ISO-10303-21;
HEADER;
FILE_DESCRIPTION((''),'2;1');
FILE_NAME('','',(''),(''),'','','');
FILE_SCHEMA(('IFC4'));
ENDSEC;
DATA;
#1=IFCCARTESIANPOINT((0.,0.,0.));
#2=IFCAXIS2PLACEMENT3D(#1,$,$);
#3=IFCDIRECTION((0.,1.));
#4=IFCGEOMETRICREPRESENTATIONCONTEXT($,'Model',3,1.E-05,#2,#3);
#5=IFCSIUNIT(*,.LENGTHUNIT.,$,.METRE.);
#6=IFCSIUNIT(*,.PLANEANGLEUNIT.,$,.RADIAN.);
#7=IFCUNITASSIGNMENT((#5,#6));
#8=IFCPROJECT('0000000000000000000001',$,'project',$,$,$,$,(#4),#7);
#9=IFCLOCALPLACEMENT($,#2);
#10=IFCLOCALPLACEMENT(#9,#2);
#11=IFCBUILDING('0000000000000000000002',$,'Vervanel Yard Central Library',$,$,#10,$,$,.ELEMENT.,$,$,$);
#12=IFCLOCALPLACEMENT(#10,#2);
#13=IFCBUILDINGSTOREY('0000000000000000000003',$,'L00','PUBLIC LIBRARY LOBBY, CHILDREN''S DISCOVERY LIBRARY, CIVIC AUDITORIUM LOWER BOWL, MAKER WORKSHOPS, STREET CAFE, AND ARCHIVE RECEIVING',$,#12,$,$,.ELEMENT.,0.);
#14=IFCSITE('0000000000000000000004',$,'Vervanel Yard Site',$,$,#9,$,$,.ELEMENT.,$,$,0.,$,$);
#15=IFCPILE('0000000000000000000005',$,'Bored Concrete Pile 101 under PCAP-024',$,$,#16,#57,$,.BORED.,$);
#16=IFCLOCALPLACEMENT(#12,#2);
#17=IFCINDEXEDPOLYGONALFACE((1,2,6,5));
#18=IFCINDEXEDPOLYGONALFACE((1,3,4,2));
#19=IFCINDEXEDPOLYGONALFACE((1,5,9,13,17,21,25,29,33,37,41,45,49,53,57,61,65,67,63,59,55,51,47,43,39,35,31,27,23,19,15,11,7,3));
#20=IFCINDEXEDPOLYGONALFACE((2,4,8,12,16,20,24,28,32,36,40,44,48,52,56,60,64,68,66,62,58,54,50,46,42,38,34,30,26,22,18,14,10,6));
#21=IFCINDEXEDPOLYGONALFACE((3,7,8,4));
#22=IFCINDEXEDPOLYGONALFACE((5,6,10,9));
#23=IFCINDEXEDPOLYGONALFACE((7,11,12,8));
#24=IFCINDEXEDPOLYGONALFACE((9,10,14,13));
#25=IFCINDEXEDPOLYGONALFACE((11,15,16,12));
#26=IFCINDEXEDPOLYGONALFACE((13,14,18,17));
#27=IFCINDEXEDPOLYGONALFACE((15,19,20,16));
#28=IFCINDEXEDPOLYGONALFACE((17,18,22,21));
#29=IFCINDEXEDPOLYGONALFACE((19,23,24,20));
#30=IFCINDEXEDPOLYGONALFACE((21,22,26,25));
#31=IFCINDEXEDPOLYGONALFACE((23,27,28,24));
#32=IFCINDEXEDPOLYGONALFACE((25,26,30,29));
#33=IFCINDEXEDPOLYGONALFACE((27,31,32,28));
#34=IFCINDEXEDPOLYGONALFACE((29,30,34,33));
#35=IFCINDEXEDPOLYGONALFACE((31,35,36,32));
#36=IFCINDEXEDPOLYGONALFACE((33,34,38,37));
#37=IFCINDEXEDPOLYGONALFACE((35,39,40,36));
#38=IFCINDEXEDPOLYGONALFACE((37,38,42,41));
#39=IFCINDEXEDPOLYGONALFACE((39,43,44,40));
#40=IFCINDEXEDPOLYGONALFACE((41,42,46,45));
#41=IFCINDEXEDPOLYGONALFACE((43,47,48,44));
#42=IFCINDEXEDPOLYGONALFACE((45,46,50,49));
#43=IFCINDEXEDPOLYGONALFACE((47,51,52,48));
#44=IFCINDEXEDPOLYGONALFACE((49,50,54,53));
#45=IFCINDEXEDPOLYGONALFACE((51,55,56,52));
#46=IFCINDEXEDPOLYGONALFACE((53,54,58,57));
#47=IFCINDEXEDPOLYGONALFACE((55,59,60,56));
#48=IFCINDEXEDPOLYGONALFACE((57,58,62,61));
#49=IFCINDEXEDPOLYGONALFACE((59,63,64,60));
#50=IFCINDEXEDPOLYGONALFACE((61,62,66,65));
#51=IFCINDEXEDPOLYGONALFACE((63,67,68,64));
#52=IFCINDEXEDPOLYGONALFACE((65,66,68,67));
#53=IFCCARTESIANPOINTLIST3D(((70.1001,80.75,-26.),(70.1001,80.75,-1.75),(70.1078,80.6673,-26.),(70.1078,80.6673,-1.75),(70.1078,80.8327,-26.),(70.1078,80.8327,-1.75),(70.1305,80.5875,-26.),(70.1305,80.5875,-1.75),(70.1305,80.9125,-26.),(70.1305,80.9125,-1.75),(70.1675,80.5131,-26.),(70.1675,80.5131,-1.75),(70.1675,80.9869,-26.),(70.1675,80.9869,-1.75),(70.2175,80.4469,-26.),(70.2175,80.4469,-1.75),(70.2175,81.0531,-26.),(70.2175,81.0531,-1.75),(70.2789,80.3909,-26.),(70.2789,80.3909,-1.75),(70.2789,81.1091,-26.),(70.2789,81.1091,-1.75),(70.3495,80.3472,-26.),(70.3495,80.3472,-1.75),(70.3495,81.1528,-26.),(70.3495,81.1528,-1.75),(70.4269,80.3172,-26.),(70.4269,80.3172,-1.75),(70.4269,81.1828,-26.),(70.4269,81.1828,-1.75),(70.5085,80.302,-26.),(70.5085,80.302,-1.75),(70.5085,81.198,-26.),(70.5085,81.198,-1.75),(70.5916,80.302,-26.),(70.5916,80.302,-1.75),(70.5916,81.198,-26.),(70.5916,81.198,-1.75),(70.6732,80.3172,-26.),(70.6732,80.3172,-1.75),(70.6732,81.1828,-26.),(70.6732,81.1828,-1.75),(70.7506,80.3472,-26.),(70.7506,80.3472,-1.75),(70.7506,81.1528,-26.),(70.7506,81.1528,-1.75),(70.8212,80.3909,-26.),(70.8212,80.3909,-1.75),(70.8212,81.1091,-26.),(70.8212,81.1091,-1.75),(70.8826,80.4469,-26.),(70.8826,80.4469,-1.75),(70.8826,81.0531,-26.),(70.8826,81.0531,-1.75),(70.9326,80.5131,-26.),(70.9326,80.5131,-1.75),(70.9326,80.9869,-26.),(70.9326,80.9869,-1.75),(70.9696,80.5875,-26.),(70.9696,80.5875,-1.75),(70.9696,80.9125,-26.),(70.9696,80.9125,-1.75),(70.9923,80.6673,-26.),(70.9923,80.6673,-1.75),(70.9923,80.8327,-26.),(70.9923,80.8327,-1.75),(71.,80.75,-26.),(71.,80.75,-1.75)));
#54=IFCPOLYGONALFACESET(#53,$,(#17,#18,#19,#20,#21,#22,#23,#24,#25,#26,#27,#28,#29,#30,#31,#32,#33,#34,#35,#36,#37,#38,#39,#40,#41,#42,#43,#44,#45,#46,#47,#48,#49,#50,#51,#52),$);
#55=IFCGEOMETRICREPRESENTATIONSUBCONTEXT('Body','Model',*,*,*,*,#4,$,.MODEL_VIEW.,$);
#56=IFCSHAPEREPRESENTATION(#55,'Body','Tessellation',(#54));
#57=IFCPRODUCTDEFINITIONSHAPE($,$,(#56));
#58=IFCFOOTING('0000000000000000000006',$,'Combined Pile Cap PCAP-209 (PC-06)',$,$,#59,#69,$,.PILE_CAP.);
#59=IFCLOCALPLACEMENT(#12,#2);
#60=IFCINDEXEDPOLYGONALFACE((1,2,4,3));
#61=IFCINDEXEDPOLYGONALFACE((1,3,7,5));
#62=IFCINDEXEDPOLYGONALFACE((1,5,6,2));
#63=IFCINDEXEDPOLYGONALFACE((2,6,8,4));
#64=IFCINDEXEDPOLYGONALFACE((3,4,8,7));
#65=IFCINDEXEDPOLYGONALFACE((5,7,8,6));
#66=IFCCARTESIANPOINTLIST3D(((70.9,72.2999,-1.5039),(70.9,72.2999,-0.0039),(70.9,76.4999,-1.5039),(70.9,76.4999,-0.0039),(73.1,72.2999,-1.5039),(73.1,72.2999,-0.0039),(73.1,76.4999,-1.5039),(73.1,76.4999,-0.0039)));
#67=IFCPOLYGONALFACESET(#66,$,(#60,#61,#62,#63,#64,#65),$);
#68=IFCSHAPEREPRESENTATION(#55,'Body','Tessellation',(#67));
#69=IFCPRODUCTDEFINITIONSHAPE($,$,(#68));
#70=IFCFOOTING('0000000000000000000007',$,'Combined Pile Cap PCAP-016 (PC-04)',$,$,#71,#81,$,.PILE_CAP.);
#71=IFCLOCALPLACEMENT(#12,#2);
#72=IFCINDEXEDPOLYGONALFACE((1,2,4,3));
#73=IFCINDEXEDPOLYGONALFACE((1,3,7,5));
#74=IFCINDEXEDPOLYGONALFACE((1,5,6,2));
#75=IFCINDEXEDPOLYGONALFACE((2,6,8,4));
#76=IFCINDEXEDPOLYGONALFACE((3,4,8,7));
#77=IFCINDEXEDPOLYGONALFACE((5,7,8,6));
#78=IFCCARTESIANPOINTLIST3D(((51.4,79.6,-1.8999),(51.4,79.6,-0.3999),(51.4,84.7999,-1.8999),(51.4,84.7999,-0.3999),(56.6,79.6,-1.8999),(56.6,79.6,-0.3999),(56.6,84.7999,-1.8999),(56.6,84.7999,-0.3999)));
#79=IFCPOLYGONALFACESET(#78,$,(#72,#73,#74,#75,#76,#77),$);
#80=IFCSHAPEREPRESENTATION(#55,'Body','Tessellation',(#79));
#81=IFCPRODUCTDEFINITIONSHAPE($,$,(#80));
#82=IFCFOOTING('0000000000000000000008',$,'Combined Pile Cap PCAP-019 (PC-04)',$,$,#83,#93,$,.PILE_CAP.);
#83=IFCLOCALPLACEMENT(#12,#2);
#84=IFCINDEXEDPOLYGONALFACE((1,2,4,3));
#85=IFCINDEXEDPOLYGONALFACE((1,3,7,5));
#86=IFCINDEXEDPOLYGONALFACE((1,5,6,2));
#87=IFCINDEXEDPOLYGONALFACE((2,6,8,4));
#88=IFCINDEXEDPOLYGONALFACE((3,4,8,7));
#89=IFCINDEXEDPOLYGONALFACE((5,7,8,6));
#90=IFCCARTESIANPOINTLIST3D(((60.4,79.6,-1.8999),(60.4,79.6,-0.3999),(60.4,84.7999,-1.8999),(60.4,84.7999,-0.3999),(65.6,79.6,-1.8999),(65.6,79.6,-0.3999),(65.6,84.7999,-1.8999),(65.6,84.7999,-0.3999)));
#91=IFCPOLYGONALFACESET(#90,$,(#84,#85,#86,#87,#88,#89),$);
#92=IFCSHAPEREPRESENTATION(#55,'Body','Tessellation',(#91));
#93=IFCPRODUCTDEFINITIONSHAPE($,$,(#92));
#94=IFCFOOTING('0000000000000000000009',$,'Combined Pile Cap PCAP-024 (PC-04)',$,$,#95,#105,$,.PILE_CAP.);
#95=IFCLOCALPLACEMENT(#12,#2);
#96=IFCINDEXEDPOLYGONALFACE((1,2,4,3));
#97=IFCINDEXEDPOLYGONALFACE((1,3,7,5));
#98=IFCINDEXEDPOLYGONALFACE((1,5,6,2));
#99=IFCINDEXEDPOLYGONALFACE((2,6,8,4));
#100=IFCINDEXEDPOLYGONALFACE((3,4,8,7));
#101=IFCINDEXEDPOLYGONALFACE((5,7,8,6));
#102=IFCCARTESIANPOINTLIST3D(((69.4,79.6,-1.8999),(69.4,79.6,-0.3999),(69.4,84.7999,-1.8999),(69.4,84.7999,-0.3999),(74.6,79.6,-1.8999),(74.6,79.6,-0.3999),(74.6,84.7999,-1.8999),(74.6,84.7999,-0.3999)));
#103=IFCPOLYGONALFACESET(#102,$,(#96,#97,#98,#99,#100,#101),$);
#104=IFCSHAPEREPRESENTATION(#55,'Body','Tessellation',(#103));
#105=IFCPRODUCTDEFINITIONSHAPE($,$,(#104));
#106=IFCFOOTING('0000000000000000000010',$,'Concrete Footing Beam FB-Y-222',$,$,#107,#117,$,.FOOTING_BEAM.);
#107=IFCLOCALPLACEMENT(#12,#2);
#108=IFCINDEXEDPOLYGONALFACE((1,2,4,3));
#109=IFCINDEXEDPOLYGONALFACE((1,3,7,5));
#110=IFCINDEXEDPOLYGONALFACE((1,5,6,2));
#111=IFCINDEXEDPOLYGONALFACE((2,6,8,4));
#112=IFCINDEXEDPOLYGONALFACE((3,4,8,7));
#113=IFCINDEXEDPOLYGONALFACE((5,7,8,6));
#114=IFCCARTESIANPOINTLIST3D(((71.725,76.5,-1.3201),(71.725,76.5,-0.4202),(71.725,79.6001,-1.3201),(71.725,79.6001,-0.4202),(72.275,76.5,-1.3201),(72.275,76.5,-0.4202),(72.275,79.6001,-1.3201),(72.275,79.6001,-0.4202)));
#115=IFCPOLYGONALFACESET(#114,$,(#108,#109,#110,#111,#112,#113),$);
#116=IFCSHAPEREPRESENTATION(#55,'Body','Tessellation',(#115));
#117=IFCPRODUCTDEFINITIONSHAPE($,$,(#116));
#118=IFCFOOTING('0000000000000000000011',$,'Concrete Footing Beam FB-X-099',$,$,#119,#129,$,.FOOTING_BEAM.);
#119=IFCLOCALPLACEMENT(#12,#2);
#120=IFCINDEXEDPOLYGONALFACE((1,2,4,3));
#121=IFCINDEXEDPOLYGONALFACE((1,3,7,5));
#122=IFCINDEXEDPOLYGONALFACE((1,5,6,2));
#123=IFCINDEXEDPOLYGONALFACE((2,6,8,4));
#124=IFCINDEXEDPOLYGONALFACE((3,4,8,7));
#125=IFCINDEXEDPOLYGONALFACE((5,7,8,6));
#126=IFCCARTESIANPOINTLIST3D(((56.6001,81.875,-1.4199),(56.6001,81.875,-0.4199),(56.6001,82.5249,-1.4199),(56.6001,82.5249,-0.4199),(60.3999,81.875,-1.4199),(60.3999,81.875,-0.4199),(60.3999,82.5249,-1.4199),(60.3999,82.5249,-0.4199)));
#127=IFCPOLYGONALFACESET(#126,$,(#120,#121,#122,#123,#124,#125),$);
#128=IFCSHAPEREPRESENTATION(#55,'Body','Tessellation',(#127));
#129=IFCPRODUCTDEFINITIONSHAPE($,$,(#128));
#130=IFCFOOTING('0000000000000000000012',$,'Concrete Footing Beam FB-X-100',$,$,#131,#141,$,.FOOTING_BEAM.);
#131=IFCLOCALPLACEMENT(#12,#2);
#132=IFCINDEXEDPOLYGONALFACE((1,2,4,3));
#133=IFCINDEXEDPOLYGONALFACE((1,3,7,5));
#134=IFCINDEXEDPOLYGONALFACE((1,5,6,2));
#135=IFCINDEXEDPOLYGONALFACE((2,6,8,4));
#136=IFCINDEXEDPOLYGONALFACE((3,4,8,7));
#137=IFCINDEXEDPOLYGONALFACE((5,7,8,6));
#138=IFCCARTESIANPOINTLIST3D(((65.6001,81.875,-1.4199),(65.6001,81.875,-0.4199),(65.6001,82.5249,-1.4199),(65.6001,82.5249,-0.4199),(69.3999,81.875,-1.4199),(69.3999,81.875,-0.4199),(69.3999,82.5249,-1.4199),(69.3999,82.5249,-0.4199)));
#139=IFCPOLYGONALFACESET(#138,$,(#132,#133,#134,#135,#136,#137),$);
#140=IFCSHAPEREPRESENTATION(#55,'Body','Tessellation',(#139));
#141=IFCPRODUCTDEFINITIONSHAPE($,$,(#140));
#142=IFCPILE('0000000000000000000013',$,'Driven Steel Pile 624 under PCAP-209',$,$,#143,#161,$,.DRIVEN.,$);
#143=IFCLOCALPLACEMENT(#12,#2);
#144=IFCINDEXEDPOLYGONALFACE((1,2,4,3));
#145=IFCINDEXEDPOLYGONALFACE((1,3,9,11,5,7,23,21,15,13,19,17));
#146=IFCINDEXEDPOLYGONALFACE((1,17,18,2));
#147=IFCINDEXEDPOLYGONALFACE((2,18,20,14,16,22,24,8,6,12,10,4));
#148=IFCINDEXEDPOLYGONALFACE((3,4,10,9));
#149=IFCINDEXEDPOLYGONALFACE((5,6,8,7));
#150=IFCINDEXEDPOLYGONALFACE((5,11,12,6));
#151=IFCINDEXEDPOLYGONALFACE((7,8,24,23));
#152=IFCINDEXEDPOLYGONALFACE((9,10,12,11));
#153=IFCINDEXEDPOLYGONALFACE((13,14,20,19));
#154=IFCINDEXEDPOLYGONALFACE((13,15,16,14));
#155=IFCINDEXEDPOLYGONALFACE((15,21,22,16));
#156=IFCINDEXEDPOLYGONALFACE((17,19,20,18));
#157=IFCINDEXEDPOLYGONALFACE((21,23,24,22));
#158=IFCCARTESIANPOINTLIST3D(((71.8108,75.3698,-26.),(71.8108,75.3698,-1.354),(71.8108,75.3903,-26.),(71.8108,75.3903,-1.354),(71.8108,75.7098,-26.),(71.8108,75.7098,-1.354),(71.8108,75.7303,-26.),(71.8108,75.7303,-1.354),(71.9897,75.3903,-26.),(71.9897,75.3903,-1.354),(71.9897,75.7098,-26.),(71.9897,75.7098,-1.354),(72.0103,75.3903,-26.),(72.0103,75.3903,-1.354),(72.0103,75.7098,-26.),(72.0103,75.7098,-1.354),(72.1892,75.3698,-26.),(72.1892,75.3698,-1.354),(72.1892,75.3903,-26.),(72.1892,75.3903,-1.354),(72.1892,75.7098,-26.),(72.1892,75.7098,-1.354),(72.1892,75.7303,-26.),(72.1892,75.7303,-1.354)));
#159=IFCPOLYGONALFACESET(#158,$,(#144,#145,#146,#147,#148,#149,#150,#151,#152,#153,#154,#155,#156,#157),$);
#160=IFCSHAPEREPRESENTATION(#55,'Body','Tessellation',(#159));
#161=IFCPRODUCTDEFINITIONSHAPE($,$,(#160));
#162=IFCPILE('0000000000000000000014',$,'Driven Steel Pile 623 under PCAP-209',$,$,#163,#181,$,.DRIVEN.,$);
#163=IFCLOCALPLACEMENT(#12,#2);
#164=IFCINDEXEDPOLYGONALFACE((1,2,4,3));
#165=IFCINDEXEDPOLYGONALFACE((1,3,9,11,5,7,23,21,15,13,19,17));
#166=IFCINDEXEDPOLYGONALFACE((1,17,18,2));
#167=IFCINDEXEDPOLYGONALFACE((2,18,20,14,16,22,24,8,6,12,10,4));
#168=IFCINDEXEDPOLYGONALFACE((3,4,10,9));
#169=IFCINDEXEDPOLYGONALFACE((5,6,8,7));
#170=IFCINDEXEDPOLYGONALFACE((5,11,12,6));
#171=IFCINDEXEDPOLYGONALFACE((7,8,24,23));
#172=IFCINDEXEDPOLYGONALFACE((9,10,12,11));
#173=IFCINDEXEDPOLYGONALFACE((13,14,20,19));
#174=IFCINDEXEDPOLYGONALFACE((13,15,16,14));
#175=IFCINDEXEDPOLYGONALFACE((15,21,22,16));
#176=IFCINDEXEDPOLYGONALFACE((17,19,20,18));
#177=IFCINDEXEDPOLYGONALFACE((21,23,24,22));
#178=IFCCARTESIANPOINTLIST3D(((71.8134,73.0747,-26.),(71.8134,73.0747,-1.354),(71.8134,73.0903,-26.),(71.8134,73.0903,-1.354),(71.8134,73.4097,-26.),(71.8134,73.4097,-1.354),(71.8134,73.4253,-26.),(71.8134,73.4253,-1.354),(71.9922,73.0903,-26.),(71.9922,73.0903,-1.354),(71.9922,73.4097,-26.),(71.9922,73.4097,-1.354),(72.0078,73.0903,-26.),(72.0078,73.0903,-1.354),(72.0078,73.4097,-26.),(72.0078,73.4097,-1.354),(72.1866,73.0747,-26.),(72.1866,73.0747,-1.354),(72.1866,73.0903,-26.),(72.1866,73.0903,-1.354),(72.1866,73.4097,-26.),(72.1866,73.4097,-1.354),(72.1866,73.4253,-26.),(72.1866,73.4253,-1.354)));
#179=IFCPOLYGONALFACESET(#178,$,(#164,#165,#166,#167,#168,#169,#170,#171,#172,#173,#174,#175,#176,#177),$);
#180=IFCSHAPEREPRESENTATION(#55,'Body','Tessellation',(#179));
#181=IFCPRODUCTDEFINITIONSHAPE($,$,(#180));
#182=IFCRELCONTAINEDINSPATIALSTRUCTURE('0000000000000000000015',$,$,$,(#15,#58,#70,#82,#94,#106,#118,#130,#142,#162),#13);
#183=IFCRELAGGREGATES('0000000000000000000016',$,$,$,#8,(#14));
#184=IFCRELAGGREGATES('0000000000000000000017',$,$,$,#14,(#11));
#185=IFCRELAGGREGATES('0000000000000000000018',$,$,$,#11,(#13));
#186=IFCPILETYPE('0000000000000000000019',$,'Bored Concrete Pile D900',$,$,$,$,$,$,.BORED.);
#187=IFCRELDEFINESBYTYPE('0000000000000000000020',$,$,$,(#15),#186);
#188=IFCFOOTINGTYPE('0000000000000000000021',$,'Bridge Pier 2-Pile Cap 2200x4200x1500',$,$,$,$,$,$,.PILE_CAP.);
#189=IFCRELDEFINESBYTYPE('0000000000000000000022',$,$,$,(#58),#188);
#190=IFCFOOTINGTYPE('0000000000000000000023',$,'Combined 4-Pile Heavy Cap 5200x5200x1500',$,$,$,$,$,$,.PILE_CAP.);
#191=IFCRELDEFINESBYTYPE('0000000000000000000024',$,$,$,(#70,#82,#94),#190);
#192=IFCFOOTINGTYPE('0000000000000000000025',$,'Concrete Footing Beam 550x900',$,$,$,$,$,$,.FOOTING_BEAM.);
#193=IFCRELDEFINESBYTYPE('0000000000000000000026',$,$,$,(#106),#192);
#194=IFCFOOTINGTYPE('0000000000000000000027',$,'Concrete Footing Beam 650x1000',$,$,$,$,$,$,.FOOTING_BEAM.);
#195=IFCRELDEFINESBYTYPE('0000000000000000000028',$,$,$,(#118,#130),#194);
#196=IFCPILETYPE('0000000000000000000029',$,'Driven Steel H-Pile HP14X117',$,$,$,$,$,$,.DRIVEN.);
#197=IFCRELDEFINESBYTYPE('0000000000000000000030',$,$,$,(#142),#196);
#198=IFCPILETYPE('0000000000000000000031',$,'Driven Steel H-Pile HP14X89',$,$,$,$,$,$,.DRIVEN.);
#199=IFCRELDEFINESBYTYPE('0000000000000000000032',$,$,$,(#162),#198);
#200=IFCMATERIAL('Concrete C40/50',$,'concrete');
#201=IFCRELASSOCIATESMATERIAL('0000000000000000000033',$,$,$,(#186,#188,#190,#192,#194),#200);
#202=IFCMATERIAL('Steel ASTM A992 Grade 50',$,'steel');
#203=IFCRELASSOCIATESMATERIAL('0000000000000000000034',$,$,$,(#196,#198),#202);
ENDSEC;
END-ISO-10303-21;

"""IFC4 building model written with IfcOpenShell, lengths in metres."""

from ifc_helpers import new_model, si_unit, direction, frame, origin, origin_2d, place, context, subcontext, project, spatial, rectangle, circle, i_section, extrude, material, material_profile, profile_set, type_object, element, save


model = new_model("IFC4")

# Units and contexts
model_context = context("Model", 3, precision=1e-05, world=origin(), true_north=direction((0.0, 1.0)))
body_context = subcontext(model_context, "Body", "Model", "MODEL_VIEW")
ifc_project = project(units=[si_unit("LENGTHUNIT", "METRE"), si_unit("PLANEANGLEUNIT", "RADIAN")], contexts=[model_context])

# Site, building, storey
site_placement = place(None, origin())
site = spatial("IfcSite", under=ifc_project, at=site_placement, Name="Vervanel Yard Site", CompositionType="ELEMENT", RefElevation=0.0)
building_placement = place(site_placement, origin())
building = spatial("IfcBuilding", under=site, at=building_placement, Name="Vervanel Yard Central Library", CompositionType="ELEMENT")
storey_placement = place(building_placement, origin())
storey = spatial("IfcBuildingStorey", under=building, at=storey_placement, Name="L00", Description="PUBLIC LIBRARY LOBBY, CHILDREN'S DISCOVERY LIBRARY, CIVIC AUDITORIUM LOWER BOWL, MAKER WORKSHOPS, STREET CAFE, AND ARCHIVE RECEIVING", CompositionType="ELEMENT", Elevation=0.0)

# Pile
ifc_material_1 = material(Name="Concrete C40/50", Category="concrete")
ifc_material_profile_1 = material_profile(ifc_material_1, circle(Radius=0.45, at=origin_2d()), Name="BP D900", Category="concrete")
ifc_profile_set_1 = profile_set([ifc_material_profile_1], Name="Concrete C40/50")
pile_type_1 = type_object("IfcPileType", Name="Bored Concrete Pile D900", PredefinedType="BORED", material=ifc_profile_set_1)
for number, where, z_axis, x_axis, name in (
    (1, (70.55, 80.75, -1.75), (0.0, 0.0, -1.0), (1.0, 0.0, 0.0), "Bored Concrete Pile 101 under PCAP-024"),
):
    element("IfcPile", number, at=place(storey_placement, frame(where, z_axis=z_axis, x_axis=x_axis)), inside=storey, type_object=pile_type_1, Name=name, PredefinedType="BORED", context=body_context, shape_type="SweptSolid", body=[
        extrude(circle(Radius=0.45, at=origin_2d()), origin(), (0.0, 0.0, 1.0), 24.25),
    ])

# Footings
footing_type_1 = type_object("IfcFootingType", Name="Bridge Pier 2-Pile Cap 2200x4200x1500", PredefinedType="PILE_CAP", material=ifc_material_1)
footing_1_placement = place(storey_placement, frame((72.0, 74.3999, -1.5039), z_axis=(0.0, 0.0, 1.0), x_axis=(1.0, 0.0, 0.0)))
element("IfcFooting", 2, at=footing_1_placement, inside=storey, type_object=footing_type_1, Name="Combined Pile Cap PCAP-209 (PC-06)", PredefinedType="PILE_CAP", context=body_context, shape_type="SweptSolid", body=[
    extrude(rectangle(XDim=2.2, YDim=4.2, at=origin_2d()), origin(), (0.0, 0.0, 1.0), 1.5),
])
footing_type_2 = type_object("IfcFootingType", Name="Combined 4-Pile Heavy Cap 5200x5200x1500", PredefinedType="PILE_CAP", material=ifc_material_1)
for number, where, z_axis, x_axis, name in (
    (3, (54.0, 82.2, -1.8999), (0.0, 0.0, 1.0), (1.0, 0.0, 0.0), "Combined Pile Cap PCAP-016 (PC-04)"),
    (4, (63.0, 82.2, -1.8999), (0.0, 0.0, 1.0), (1.0, 0.0, 0.0), "Combined Pile Cap PCAP-019 (PC-04)"),
    (5, (72.0, 82.2, -1.8999), (0.0, 0.0, 1.0), (1.0, 0.0, 0.0), "Combined Pile Cap PCAP-024 (PC-04)"),
):
    element("IfcFooting", number, at=place(storey_placement, frame(where, z_axis=z_axis, x_axis=x_axis)), inside=storey, type_object=footing_type_2, Name=name, PredefinedType="PILE_CAP", context=body_context, shape_type="SweptSolid", body=[
        extrude(rectangle(XDim=5.2, YDim=5.2, at=origin_2d()), origin(), (0.0, 0.0, 1.0), 1.5),
    ])
ifc_material_profile_2 = material_profile(ifc_material_1, rectangle(XDim=0.55, YDim=0.8999, at=origin_2d()), Name="RC 550x900", Category="concrete")
ifc_profile_set_2 = profile_set([ifc_material_profile_2], Name="Concrete C40/50")
footing_type_3 = type_object("IfcFootingType", Name="Concrete Footing Beam 550x900", PredefinedType="FOOTING_BEAM", material=ifc_profile_set_2)
footing_2_placement = place(storey_placement, frame((72.0, 76.5, -0.8701), z_axis=(0.0, 1.0, 0.0), x_axis=(-1.0, 0.0, 0.0)))
element("IfcFooting", 6, at=footing_2_placement, inside=storey, type_object=footing_type_3, Name="Concrete Footing Beam FB-Y-222", PredefinedType="FOOTING_BEAM", context=body_context, shape_type="SweptSolid", body=[
    extrude(rectangle(XDim=0.55, YDim=0.8999, at=origin_2d()), origin(), (0.0, 0.0, 1.0), 3.1001),
])
ifc_material_profile_3 = material_profile(ifc_material_1, rectangle(XDim=0.6499, YDim=1.0, at=origin_2d()), Name="RC 650x1000", Category="concrete")
ifc_profile_set_3 = profile_set([ifc_material_profile_3], Name="Concrete C40/50")
footing_type_4 = type_object("IfcFootingType", Name="Concrete Footing Beam 650x1000", PredefinedType="FOOTING_BEAM", material=ifc_profile_set_3)
for number, where, z_axis, x_axis, name in (
    (7, (56.6001, 82.2, -0.9199), (1.0, 0.0, 0.0), (0.0, 1.0, 0.0), "Concrete Footing Beam FB-X-099"),
    (8, (65.6001, 82.2, -0.9199), (1.0, 0.0, 0.0), (0.0, 1.0, 0.0), "Concrete Footing Beam FB-X-100"),
):
    element("IfcFooting", number, at=place(storey_placement, frame(where, z_axis=z_axis, x_axis=x_axis)), inside=storey, type_object=footing_type_4, Name=name, PredefinedType="FOOTING_BEAM", context=body_context, shape_type="SweptSolid", body=[
        extrude(rectangle(XDim=0.6499, YDim=1.0, at=origin_2d()), origin(), (0.0, 0.0, 1.0), 3.7998),
    ])

# Piles
ifc_material_2 = material(Name="Steel ASTM A992 Grade 50", Category="steel")
ifc_material_profile_4 = material_profile(ifc_material_2, i_section(OverallWidth=0.3784, OverallDepth=0.3606, WebThickness=0.0205, FlangeThickness=0.0205, at=origin_2d()), Name="HP14X117", Category="steel")
ifc_profile_set_4 = profile_set([ifc_material_profile_4], Name="Steel ASTM A992 Grade 50")
pile_type_2 = type_object("IfcPileType", Name="Driven Steel H-Pile HP14X117", PredefinedType="DRIVEN", material=ifc_profile_set_4)
pile_1_placement = place(storey_placement, frame((72.0, 75.55, -26.0), z_axis=(0.0, 0.0, 1.0), x_axis=(1.0, 0.0, 0.0)))
element("IfcPile", 9, at=pile_1_placement, inside=storey, type_object=pile_type_2, Name="Driven Steel Pile 624 under PCAP-209", PredefinedType="DRIVEN", context=body_context, shape_type="SweptSolid", body=[
    extrude(i_section(OverallWidth=0.3784, OverallDepth=0.3606, WebThickness=0.0205, FlangeThickness=0.0205, at=origin_2d()), origin(), (0.0, 0.0, 1.0), 24.646),
])
ifc_material_profile_5 = material_profile(ifc_material_2, i_section(OverallWidth=0.3733, OverallDepth=0.3506, WebThickness=0.0156, FlangeThickness=0.0156, at=origin_2d()), Name="HP14X89", Category="steel")
ifc_profile_set_5 = profile_set([ifc_material_profile_5], Name="Steel ASTM A992 Grade 50")
pile_type_3 = type_object("IfcPileType", Name="Driven Steel H-Pile HP14X89", PredefinedType="DRIVEN", material=ifc_profile_set_5)
pile_2_placement = place(storey_placement, frame((72.0, 73.25, -26.0), z_axis=(0.0, 0.0, 1.0), x_axis=(1.0, 0.0, 0.0)))
element("IfcPile", 10, at=pile_2_placement, inside=storey, type_object=pile_type_3, Name="Driven Steel Pile 623 under PCAP-209", PredefinedType="DRIVEN", context=body_context, shape_type="SweptSolid", body=[
    extrude(i_section(OverallWidth=0.3733, OverallDepth=0.3506, WebThickness=0.0156, FlangeThickness=0.0156, at=origin_2d()), origin(), (0.0, 0.0, 1.0), 24.646),
])

save(model, "model.ifc")
